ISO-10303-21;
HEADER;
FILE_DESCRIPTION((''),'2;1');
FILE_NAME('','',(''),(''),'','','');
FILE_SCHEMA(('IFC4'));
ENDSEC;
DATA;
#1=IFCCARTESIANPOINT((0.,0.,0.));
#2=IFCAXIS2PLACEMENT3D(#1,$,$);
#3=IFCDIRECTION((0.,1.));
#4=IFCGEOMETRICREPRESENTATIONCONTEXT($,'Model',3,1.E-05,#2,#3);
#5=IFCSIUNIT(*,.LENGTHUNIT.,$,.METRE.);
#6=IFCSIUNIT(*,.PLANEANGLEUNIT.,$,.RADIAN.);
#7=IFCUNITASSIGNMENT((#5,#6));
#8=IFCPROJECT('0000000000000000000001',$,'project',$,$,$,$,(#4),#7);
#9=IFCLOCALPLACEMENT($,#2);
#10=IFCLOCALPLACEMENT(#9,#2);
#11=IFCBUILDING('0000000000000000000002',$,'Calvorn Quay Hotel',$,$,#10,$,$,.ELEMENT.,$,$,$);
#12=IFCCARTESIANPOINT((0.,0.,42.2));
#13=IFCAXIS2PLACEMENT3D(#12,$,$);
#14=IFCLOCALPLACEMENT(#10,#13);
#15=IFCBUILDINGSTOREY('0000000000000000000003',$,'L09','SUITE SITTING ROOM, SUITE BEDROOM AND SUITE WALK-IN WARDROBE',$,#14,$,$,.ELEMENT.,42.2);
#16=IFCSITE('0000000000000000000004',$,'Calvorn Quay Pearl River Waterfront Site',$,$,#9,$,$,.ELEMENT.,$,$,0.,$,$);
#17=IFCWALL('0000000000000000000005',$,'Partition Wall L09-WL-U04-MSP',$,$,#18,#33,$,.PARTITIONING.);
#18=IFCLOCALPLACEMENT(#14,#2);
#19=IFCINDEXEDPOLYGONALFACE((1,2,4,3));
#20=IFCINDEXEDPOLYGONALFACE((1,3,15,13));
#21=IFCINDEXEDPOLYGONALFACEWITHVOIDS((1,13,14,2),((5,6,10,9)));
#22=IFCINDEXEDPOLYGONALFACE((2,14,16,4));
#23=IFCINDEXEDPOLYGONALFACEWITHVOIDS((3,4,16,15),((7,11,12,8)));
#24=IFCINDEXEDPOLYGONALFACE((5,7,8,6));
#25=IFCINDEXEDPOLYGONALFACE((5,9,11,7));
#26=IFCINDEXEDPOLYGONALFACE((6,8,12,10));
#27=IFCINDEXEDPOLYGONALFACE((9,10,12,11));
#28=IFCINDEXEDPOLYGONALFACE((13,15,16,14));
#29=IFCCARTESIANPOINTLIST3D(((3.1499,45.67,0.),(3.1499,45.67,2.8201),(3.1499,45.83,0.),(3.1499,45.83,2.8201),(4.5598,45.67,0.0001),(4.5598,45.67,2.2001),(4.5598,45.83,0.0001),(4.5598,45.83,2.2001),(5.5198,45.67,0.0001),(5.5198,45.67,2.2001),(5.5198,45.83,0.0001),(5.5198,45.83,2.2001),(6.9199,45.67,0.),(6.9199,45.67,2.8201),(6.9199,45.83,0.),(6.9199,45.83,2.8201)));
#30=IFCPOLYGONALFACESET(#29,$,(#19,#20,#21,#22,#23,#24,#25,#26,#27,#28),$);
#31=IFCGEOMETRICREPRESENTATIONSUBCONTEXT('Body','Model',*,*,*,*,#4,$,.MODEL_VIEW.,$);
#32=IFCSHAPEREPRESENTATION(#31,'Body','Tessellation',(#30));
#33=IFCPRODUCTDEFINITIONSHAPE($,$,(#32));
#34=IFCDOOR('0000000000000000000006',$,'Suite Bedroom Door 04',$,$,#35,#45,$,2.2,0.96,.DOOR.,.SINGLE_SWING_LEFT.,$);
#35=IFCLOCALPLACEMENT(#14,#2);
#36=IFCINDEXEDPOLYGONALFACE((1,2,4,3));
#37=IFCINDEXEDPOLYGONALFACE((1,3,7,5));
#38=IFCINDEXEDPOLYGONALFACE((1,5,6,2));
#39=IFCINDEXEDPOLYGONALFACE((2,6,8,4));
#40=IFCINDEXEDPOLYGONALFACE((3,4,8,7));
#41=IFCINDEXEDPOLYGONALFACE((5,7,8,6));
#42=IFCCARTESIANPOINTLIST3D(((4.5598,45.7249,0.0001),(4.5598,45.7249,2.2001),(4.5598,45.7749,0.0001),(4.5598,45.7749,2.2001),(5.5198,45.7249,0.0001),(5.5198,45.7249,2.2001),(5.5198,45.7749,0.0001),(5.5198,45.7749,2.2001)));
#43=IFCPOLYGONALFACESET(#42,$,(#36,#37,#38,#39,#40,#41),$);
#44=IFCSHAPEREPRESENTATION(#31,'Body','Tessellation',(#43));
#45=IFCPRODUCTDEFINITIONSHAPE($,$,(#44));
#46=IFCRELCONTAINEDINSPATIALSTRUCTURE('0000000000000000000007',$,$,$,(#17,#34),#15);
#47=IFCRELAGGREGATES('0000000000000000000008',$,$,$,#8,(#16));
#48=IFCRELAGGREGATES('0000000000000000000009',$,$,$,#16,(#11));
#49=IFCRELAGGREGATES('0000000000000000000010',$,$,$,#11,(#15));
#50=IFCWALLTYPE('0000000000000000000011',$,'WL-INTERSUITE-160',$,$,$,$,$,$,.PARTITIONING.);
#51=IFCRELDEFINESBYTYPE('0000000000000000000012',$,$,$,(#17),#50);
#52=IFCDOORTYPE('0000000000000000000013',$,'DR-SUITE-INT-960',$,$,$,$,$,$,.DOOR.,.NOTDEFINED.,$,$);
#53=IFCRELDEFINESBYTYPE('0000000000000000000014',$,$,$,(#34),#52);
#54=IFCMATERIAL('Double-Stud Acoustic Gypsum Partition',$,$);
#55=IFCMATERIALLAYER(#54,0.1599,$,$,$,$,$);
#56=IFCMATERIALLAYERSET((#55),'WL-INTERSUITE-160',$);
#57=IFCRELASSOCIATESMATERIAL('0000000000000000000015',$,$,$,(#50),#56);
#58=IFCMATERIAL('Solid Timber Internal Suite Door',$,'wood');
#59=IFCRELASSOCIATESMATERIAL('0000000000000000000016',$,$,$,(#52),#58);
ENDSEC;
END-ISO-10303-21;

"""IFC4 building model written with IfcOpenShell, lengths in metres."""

from ifc_helpers import new_model, si_unit, direction, frame, frame_2d, origin, place, context, subcontext, project, spatial, rectangle, extrude, material, layer, layer_set, type_object, element, fill, save


model = new_model("IFC4")

# Units and contexts
model_context = context("Model", 3, precision=1e-05, world=origin(), true_north=direction((0.0, 1.0)))
body_context = subcontext(model_context, "Body", "Model", "MODEL_VIEW")
ifc_project = project(units=[si_unit("LENGTHUNIT", "METRE"), si_unit("PLANEANGLEUNIT", "RADIAN")], contexts=[model_context])

# Site, building, storey
site_placement = place(None, origin())
site = spatial("IfcSite", under=ifc_project, at=site_placement, Name="Calvorn Quay Pearl River Waterfront Site", CompositionType="ELEMENT", RefElevation=0.0)
building_placement = place(site_placement, origin())
building = spatial("IfcBuilding", under=site, at=building_placement, Name="Calvorn Quay Hotel", CompositionType="ELEMENT")
storey_placement = place(building_placement, frame((0.0, 0.0, 42.2)))
storey = spatial("IfcBuildingStorey", under=building, at=storey_placement, Name="L09", Description="SUITE SITTING ROOM, SUITE BEDROOM AND SUITE WALK-IN WARDROBE", CompositionType="ELEMENT", Elevation=42.2)

# Shared definitions
ifc_material_1 = material(Name="Double-Stud Acoustic Gypsum Partition")
ifc_layer_1 = layer(ifc_material_1, 0.1599)
ifc_layer_set_1 = layer_set([ifc_layer_1], Name="WL-INTERSUITE-160")
wall_type_1 = type_object("IfcWallType", Name="WL-INTERSUITE-160", PredefinedType="PARTITIONING", material=ifc_layer_set_1)

# Wall, opening, door
wall_1_placement = place(storey_placement, frame((3.1499, 45.75, 0.0), z_axis=(0.0, 0.0, 1.0), x_axis=(1.0, 0.0, 0.0)))
wall_1 = element("IfcWall", 1, at=wall_1_placement, inside=storey, type_object=wall_type_1, Name="Partition Wall L09-WL-U04-MSP", PredefinedType="PARTITIONING", context=body_context, shape_type="SweptSolid", body=[
    extrude(rectangle(XDim=3.77, YDim=0.1599, at=frame_2d((1.885, 0.0))), origin(), (0.0, 0.0, 1.0), 2.8201),
])
opening_1_placement = place(wall_1_placement, frame((1.4099, 0.0, 0.0)))
opening_1 = element("IfcOpeningElement", 2, at=opening_1_placement, cuts=wall_1, PredefinedType="OPENING", context=body_context, shape_type="SweptSolid", body=[
    extrude(rectangle(XDim=0.96, YDim=2.2, at=frame_2d((0.48, 1.1001))), frame((0.0, 0.0898, 0.0), z_axis=(0.0, -1.0, 0.0), x_axis=(1.0, 0.0, 0.0)), (0.0, 0.0, 1.0), 0.1799),
])
ifc_material_2 = material(Name="Solid Timber Internal Suite Door", Category="wood")
door_type_1 = type_object("IfcDoorType", Name="DR-SUITE-INT-960", OperationType="NOTDEFINED", PredefinedType="DOOR", material=ifc_material_2)
door_1_placement = place(opening_1_placement, origin())
door_1 = element("IfcDoor", 3, at=door_1_placement, inside=storey, type_object=door_type_1, Name="Suite Bedroom Door 04", OperationType="SINGLE_SWING_LEFT", OverallHeight=2.2, OverallWidth=0.96, PredefinedType="DOOR", context=body_context, shape_type="SweptSolid", body=[
    extrude(rectangle(XDim=0.96, YDim=2.2, at=frame_2d((0.48, 1.1001))), frame((0.0, 0.0249, 0.0), z_axis=(0.0, -1.0, 0.0), x_axis=(1.0, 0.0, 0.0)), (0.0, 0.0, 1.0), 0.05),
])
fill(opening_1, door_1)

save(model, "model.ifc")
